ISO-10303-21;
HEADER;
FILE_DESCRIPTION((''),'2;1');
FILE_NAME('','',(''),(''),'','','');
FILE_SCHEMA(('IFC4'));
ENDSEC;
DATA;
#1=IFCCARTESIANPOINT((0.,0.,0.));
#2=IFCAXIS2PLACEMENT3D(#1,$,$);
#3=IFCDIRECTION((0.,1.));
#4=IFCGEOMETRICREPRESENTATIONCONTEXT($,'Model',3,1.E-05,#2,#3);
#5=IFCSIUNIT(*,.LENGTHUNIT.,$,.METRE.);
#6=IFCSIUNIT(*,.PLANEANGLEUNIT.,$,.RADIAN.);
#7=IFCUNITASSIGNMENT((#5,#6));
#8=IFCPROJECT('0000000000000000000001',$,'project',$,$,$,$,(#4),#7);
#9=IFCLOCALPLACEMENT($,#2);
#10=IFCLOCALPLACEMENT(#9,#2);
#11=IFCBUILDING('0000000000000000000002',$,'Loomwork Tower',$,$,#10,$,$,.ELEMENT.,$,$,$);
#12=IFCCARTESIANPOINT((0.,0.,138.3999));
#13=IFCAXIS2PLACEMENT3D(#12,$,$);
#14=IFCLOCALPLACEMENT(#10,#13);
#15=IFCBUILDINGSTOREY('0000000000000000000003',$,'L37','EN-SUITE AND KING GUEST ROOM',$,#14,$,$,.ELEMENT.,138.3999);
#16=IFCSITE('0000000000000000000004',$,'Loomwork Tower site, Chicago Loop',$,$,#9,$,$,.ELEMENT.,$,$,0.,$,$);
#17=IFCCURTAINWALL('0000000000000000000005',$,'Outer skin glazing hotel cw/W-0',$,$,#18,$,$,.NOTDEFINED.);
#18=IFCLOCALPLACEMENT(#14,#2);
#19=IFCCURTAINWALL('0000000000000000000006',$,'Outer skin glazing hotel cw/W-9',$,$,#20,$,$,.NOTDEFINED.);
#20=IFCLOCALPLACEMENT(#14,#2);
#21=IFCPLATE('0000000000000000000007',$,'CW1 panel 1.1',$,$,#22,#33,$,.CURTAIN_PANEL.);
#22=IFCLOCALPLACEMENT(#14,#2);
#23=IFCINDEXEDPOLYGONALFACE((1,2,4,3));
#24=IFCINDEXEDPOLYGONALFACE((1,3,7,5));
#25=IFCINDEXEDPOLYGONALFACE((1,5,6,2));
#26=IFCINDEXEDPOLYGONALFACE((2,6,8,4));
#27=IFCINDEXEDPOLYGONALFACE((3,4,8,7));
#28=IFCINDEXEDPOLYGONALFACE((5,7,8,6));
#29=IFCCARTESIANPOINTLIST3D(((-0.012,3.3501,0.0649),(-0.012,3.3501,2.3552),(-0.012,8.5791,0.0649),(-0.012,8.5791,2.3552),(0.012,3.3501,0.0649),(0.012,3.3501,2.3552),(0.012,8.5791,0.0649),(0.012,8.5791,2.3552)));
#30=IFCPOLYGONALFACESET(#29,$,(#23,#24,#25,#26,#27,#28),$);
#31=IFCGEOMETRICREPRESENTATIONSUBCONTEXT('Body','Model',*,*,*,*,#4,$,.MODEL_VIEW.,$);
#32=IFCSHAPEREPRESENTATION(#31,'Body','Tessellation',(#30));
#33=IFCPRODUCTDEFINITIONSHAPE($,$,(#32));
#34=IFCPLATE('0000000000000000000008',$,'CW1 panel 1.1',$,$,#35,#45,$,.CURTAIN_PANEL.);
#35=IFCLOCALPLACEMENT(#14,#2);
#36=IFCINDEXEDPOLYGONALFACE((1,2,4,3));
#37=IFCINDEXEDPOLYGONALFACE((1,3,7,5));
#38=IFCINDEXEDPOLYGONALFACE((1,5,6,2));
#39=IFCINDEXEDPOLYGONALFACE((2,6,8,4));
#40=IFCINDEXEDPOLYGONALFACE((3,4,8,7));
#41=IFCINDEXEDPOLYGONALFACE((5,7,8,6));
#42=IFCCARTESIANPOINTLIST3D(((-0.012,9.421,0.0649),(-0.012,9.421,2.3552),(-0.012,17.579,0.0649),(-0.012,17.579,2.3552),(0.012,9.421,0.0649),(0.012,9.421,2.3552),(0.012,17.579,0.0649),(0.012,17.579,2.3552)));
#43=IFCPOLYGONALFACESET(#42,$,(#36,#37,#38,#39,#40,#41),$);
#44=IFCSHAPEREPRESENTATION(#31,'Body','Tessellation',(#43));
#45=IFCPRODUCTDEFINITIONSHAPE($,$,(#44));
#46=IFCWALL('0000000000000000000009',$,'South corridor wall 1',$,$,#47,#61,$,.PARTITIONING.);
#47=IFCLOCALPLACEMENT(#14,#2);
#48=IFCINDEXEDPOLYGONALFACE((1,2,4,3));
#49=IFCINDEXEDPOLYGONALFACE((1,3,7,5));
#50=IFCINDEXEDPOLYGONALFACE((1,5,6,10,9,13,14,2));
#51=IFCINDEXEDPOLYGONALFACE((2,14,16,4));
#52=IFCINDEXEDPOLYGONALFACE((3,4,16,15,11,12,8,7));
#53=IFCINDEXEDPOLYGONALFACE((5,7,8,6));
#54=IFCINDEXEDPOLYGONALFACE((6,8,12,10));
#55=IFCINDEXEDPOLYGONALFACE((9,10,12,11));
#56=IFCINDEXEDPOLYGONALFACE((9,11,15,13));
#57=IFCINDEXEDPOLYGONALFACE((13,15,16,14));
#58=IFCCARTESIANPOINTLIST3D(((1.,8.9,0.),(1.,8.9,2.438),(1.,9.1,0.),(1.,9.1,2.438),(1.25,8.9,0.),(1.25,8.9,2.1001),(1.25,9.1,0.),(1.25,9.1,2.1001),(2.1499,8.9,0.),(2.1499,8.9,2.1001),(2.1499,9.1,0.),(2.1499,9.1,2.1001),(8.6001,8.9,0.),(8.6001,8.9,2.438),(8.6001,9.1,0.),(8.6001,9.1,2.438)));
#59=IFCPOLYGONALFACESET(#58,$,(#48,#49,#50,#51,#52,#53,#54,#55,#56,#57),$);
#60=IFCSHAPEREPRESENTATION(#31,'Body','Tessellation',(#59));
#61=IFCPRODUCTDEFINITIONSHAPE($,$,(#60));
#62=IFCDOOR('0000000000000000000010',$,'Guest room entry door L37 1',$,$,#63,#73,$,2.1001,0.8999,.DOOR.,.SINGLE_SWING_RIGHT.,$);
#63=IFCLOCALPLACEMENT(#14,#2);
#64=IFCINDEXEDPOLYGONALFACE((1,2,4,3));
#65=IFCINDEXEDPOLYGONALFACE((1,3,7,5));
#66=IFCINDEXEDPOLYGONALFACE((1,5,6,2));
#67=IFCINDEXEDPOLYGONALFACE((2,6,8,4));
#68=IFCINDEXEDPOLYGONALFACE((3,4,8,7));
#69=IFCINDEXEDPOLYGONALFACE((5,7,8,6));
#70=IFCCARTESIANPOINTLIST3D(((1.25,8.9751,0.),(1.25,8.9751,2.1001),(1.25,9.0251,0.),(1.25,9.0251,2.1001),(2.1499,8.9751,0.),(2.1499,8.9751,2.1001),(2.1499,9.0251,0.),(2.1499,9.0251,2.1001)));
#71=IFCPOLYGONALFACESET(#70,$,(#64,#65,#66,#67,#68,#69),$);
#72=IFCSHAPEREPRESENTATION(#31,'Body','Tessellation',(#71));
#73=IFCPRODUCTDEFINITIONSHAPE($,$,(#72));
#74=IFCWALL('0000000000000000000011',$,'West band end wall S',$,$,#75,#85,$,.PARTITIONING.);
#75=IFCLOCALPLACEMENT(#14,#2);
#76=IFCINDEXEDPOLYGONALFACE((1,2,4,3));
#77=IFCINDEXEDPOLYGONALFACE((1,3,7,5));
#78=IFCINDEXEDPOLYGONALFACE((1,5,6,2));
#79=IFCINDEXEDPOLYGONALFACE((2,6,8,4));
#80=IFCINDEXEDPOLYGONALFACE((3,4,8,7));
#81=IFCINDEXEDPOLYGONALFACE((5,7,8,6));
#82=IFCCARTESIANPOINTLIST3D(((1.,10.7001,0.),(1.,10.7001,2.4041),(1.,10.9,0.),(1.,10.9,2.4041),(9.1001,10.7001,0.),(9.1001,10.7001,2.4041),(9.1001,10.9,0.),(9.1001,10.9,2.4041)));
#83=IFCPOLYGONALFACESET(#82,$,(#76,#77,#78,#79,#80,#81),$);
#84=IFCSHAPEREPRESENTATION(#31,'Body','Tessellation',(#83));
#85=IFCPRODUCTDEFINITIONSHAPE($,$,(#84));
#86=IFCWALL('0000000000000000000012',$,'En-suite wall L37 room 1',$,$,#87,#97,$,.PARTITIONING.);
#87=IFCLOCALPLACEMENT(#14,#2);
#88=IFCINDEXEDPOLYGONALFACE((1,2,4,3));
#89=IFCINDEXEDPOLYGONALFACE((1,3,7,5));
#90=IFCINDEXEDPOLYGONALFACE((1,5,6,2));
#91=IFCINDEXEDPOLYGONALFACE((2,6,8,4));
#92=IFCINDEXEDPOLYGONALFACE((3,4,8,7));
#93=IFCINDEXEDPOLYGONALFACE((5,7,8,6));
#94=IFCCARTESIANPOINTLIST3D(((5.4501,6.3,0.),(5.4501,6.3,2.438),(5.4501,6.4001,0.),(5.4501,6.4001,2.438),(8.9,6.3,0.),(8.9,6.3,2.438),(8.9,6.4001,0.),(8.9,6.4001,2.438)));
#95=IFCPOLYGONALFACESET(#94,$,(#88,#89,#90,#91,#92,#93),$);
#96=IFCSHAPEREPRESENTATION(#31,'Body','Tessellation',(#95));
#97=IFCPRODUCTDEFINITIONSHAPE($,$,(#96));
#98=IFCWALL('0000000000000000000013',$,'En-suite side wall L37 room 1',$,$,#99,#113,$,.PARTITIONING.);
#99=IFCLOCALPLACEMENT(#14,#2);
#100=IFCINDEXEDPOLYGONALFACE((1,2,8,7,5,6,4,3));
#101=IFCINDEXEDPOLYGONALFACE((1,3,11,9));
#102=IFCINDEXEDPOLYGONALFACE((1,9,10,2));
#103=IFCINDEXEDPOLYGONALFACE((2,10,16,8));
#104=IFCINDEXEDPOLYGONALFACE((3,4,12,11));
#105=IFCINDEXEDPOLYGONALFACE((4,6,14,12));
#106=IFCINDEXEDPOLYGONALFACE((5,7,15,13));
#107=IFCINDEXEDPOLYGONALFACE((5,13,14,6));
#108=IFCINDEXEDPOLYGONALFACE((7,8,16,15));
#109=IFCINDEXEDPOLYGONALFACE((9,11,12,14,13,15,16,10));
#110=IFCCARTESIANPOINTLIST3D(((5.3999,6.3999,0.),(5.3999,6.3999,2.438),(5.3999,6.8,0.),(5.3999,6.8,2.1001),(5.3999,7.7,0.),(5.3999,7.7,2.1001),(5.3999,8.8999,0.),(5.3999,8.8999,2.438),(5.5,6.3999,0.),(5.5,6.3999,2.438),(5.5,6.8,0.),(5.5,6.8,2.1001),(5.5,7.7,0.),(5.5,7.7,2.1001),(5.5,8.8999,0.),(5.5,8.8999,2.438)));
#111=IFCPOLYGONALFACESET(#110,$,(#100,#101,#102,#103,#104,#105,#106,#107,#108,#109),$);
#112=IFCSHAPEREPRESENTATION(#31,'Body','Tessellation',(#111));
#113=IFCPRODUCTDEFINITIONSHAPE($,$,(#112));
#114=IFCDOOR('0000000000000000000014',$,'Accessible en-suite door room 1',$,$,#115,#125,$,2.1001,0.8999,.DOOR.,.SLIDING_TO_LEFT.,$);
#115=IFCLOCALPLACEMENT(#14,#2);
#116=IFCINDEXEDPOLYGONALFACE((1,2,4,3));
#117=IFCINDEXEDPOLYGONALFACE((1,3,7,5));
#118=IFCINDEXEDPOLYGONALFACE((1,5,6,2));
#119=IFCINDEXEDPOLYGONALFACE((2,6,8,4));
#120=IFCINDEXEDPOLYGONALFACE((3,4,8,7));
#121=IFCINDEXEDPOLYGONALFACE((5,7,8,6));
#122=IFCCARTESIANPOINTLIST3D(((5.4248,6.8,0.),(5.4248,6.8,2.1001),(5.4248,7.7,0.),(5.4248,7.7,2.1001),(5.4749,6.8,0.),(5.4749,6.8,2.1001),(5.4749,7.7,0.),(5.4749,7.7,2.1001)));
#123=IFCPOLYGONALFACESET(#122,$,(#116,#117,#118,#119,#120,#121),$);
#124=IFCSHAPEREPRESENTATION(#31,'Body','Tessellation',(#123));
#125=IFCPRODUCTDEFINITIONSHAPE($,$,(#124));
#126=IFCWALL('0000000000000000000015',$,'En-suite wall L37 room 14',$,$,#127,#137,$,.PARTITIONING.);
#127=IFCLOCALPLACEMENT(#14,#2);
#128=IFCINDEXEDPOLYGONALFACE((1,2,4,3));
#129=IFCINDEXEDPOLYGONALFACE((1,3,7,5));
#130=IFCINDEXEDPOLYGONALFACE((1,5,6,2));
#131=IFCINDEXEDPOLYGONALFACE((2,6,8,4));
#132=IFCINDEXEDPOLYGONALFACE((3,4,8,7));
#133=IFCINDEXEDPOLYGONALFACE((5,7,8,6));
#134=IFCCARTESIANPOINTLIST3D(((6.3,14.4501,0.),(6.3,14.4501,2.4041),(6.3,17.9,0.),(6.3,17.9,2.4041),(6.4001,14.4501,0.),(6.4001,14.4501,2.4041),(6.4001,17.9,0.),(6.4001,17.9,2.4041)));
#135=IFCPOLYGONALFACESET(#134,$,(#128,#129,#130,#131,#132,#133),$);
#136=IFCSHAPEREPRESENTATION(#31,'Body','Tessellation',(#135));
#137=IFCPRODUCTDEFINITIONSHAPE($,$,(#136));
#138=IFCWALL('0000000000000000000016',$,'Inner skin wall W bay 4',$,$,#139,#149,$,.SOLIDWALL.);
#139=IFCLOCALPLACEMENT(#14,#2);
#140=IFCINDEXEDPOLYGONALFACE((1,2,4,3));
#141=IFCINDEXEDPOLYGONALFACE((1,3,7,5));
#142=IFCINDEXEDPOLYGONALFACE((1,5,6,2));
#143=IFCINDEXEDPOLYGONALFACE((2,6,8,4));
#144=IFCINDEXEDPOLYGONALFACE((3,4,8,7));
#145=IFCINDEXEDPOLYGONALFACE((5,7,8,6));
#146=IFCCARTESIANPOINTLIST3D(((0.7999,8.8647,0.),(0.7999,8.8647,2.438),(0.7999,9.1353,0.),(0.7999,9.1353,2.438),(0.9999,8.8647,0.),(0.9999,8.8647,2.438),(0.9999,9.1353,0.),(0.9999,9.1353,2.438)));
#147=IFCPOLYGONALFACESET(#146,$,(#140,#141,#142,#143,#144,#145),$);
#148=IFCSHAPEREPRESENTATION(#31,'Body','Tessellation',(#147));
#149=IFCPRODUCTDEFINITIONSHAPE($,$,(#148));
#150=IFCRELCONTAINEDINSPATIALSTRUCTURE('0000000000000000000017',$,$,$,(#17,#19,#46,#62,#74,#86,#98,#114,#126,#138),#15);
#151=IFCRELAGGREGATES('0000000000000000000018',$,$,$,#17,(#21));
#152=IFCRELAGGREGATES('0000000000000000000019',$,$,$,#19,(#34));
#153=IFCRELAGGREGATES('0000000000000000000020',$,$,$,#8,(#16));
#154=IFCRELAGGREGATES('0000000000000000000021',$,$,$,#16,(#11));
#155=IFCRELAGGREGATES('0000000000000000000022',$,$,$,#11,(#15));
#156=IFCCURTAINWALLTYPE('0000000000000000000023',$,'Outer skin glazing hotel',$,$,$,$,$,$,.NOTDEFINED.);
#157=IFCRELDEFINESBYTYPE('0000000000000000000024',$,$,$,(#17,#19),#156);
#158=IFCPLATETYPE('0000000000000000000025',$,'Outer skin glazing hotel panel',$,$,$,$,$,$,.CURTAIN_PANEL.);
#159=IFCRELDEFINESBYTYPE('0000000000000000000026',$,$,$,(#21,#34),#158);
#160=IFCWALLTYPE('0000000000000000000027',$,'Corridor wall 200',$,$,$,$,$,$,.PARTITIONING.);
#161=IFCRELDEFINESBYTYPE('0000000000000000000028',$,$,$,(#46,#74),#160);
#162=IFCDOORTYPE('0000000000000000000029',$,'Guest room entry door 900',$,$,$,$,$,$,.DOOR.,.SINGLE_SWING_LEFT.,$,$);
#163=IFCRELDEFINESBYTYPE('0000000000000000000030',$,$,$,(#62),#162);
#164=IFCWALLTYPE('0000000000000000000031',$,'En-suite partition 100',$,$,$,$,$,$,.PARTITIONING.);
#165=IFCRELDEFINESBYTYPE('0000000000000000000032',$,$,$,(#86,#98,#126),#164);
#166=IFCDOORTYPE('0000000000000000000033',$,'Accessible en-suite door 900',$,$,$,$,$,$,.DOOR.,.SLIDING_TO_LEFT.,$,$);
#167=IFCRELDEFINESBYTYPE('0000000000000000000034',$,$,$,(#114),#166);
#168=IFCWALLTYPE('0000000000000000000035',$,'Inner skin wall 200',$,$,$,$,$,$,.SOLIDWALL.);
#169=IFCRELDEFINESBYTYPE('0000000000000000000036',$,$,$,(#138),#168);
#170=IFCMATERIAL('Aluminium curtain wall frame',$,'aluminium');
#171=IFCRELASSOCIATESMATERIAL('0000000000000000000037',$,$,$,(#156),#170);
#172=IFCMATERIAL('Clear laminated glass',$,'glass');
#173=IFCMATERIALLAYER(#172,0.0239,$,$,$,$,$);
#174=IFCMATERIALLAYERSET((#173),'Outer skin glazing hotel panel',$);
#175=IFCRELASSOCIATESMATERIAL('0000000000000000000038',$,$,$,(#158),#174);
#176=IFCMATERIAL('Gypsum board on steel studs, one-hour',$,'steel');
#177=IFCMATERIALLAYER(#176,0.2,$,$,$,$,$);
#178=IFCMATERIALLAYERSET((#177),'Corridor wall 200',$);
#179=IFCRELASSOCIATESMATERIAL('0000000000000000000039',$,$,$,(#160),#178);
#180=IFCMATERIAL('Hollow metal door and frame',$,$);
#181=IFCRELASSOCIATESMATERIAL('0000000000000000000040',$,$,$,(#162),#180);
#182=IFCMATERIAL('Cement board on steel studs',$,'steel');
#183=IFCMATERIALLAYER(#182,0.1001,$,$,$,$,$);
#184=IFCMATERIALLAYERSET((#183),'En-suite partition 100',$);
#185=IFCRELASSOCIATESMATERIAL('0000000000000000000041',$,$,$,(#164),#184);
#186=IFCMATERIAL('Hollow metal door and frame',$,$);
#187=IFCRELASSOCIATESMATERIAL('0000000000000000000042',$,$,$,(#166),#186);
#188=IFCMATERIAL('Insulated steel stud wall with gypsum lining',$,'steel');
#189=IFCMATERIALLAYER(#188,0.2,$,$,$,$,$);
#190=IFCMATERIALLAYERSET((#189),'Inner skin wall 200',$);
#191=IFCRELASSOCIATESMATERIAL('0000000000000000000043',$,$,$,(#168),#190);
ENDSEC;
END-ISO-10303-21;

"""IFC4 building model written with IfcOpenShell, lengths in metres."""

from ifc_helpers import new_model, si_unit, direction, frame, frame_2d, origin, origin_2d, place, context, subcontext, project, spatial, rectangle, extrude, material, layer, layer_set, type_object, element, fill, aggregate, save


model = new_model("IFC4")

# Units and contexts
model_context = context("Model", 3, precision=1e-05, world=origin(), true_north=direction((0.0, 1.0)))
body_context = subcontext(model_context, "Body", "Model", "MODEL_VIEW")
ifc_project = project(units=[si_unit("LENGTHUNIT", "METRE"), si_unit("PLANEANGLEUNIT", "RADIAN")], contexts=[model_context])

# Site, building, storey
site_placement = place(None, origin())
site = spatial("IfcSite", under=ifc_project, at=site_placement, Name="Loomwork Tower site, Chicago Loop", CompositionType="ELEMENT", RefElevation=0.0)
building_placement = place(site_placement, origin())
building = spatial("IfcBuilding", under=site, at=building_placement, Name="Loomwork Tower", CompositionType="ELEMENT")
storey_placement = place(building_placement, frame((0.0, 0.0, 138.3999)))
storey = spatial("IfcBuildingStorey", under=building, at=storey_placement, Name="L37", Description="EN-SUITE AND KING GUEST ROOM", CompositionType="ELEMENT", Elevation=138.3999)

# Curtain wall
ifc_material_1 = material(Name="Aluminium curtain wall frame", Category="aluminium")
curtain_wall_type = type_object("IfcCurtainWallType", Name="Outer skin glazing hotel", PredefinedType="NOTDEFINED", material=ifc_material_1)
curtain_wall_1_placement = place(storey_placement, origin())
curtain_wall_1 = element("IfcCurtainWall", 1, at=curtain_wall_1_placement, inside=storey, type_object=curtain_wall_type, Name="Outer skin glazing hotel cw/W-0", PredefinedType="NOTDEFINED")

# Curtain wall
curtain_wall_2_placement = place(storey_placement, origin())
curtain_wall_2 = element("IfcCurtainWall", 2, at=curtain_wall_2_placement, inside=storey, type_object=curtain_wall_type, Name="Outer skin glazing hotel cw/W-9", PredefinedType="NOTDEFINED")

# Plates
ifc_material_2 = material(Name="Clear laminated glass", Category="glass")
ifc_layer_1 = layer(ifc_material_2, 0.0239)
ifc_layer_set_1 = layer_set([ifc_layer_1], Name="Outer skin glazing hotel panel")
plate_type = type_object("IfcPlateType", Name="Outer skin glazing hotel panel", PredefinedType="CURTAIN_PANEL", material=ifc_layer_set_1)
plate_1_placement = place(storey_placement, frame((0.0, 5.9646, 0.0649), z_axis=(0.0, 0.0, 1.0), x_axis=(0.0, -1.0, 0.0)))
plate_1 = element("IfcPlate", 3, at=plate_1_placement, type_object=plate_type, Name="CW1 panel 1.1", PredefinedType="CURTAIN_PANEL", context=body_context, shape_type="SweptSolid", body=[
    extrude(rectangle(XDim=5.229, YDim=0.0239, at=origin_2d()), origin(), (0.0, 0.0, 1.0), 2.2903),
])
aggregate(curtain_wall_1, [plate_1])
plate_2_placement = place(storey_placement, frame((0.0, 13.5, 0.0649), z_axis=(0.0, 0.0, 1.0), x_axis=(0.0, -1.0, 0.0)))
plate_2 = element("IfcPlate", 4, at=plate_2_placement, type_object=plate_type, Name="CW1 panel 1.1", PredefinedType="CURTAIN_PANEL", context=body_context, shape_type="SweptSolid", body=[
    extrude(rectangle(XDim=8.158, YDim=0.0239, at=origin_2d()), origin(), (0.0, 0.0, 1.0), 2.2903),
])
aggregate(curtain_wall_2, [plate_2])

# Wall, opening, door
ifc_material_3 = material(Name="Gypsum board on steel studs, one-hour", Category="steel")
ifc_layer_2 = layer(ifc_material_3, 0.2)
ifc_layer_set_2 = layer_set([ifc_layer_2], Name="Corridor wall 200")
wall_type_1 = type_object("IfcWallType", Name="Corridor wall 200", PredefinedType="PARTITIONING", material=ifc_layer_set_2)
wall_1_placement = place(storey_placement, frame((1.0, 9.0, 0.0), z_axis=(0.0, 0.0, 1.0), x_axis=(1.0, 0.0, 0.0)))
wall_1 = element("IfcWall", 5, at=wall_1_placement, inside=storey, type_object=wall_type_1, Name="South corridor wall 1", PredefinedType="PARTITIONING", context=body_context, shape_type="SweptSolid", body=[
    extrude(rectangle(XDim=7.6001, YDim=0.2, at=frame_2d((3.8, 0.0))), origin(), (0.0, 0.0, 1.0), 2.438),
])
opening_1_placement = place(wall_1_placement, frame((0.25, 0.0, 0.0)))
opening_1 = element("IfcOpeningElement", 6, at=opening_1_placement, cuts=wall_1, PredefinedType="OPENING", context=body_context, shape_type="SweptSolid", body=[
    extrude(rectangle(XDim=0.8999, YDim=2.1001, at=frame_2d((0.45, 1.05))), frame((0.0, 0.1099, 0.0), z_axis=(0.0, -1.0, 0.0), x_axis=(1.0, 0.0, 0.0)), (0.0, 0.0, 1.0), 0.22),
])
ifc_material_4 = material(Name="Hollow metal door and frame")
door_type_1 = type_object("IfcDoorType", Name="Guest room entry door 900", OperationType="SINGLE_SWING_LEFT", PredefinedType="DOOR", material=ifc_material_4)
door_1_placement = place(opening_1_placement, frame((0.8999, 0.0, 0.0), z_axis=(0.0, 0.0, 1.0), x_axis=(-1.0, 0.0, 0.0)))
door_1 = element("IfcDoor", 7, at=door_1_placement, inside=storey, type_object=door_type_1, Name="Guest room entry door L37 1", OperationType="SINGLE_SWING_RIGHT", OverallHeight=2.1001, OverallWidth=0.8999, PredefinedType="DOOR", context=body_context, shape_type="SweptSolid", body=[
    extrude(rectangle(XDim=0.8999, YDim=2.1001, at=frame_2d((0.45, 1.05))), frame((0.0, 0.0249, 0.0), z_axis=(0.0, -1.0, 0.0), x_axis=(1.0, 0.0, 0.0)), (0.0, 0.0, 1.0), 0.05),
])
fill(opening_1, door_1)

# Walls
wall_2_placement = place(storey_placement, frame((1.0, 10.8, 0.0), z_axis=(0.0, 0.0, 1.0), x_axis=(1.0, 0.0, 0.0)))
element("IfcWall", 8, at=wall_2_placement, inside=storey, type_object=wall_type_1, Name="West band end wall S", PredefinedType="PARTITIONING", context=body_context, shape_type="SweptSolid", body=[
    extrude(rectangle(XDim=8.1001, YDim=0.2, at=frame_2d((4.05, 0.0))), origin(), (0.0, 0.0, 1.0), 2.4041),
])
ifc_material_5 = material(Name="Cement board on steel studs", Category="steel")
ifc_layer_3 = layer(ifc_material_5, 0.1001)
ifc_layer_set_3 = layer_set([ifc_layer_3], Name="En-suite partition 100")
wall_type_2 = type_object("IfcWallType", Name="En-suite partition 100", PredefinedType="PARTITIONING", material=ifc_layer_set_3)
wall_3_placement = place(storey_placement, frame((5.45, 6.3501, 0.0), z_axis=(0.0, 0.0, 1.0), x_axis=(1.0, 0.0, 0.0)))
element("IfcWall", 9, at=wall_3_placement, inside=storey, type_object=wall_type_2, Name="En-suite wall L37 room 1", PredefinedType="PARTITIONING", context=body_context, shape_type="SweptSolid", body=[
    extrude(rectangle(XDim=3.45, YDim=0.1001, at=frame_2d((1.7251, 0.0))), origin(), (0.0, 0.0, 1.0), 2.438),
])

# Wall, opening, door
wall_4_placement = place(storey_placement, frame((5.45, 8.8999, 0.0), z_axis=(0.0, 0.0, 1.0), x_axis=(0.0, -1.0, 0.0)))
wall_4 = element("IfcWall", 10, at=wall_4_placement, inside=storey, type_object=wall_type_2, Name="En-suite side wall L37 room 1", PredefinedType="PARTITIONING", context=body_context, shape_type="SweptSolid", body=[
    extrude(rectangle(XDim=2.5, YDim=0.1001, at=frame_2d((1.25, 0.0))), origin(), (0.0, 0.0, 1.0), 2.438),
])
opening_2_placement = place(wall_4_placement, frame((1.2, 0.0, 0.0)))
opening_2 = element("IfcOpeningElement", 11, at=opening_2_placement, cuts=wall_4, PredefinedType="OPENING", context=body_context, shape_type="SweptSolid", body=[
    extrude(rectangle(XDim=0.8999, YDim=2.1001, at=frame_2d((0.45, 1.05))), frame((0.0, 0.0601, 0.0), z_axis=(0.0, -1.0, 0.0), x_axis=(1.0, 0.0, 0.0)), (0.0, 0.0, 1.0), 0.1201),
])
ifc_material_6 = material(Name="Hollow metal door and frame")
door_type_2 = type_object("IfcDoorType", Name="Accessible en-suite door 900", OperationType="SLIDING_TO_LEFT", PredefinedType="DOOR", material=ifc_material_6)
door_2_placement = place(opening_2_placement, origin())
door_2 = element("IfcDoor", 12, at=door_2_placement, inside=storey, type_object=door_type_2, Name="Accessible en-suite door room 1", OperationType="SLIDING_TO_LEFT", OverallHeight=2.1001, OverallWidth=0.8999, PredefinedType="DOOR", context=body_context, shape_type="SweptSolid", body=[
    extrude(rectangle(XDim=0.8999, YDim=2.1001, at=frame_2d((0.45, 1.05))), frame((0.0, 0.0249, 0.0), z_axis=(0.0, -1.0, 0.0), x_axis=(1.0, 0.0, 0.0)), (0.0, 0.0, 1.0), 0.05),
])
fill(opening_2, door_2)

# Walls
wall_5_placement = place(storey_placement, frame((6.3501, 14.45, 0.0), z_axis=(0.0, 0.0, 1.0), x_axis=(0.0, 1.0, 0.0)))
element("IfcWall", 13, at=wall_5_placement, inside=storey, type_object=wall_type_2, Name="En-suite wall L37 room 14", PredefinedType="PARTITIONING", context=body_context, shape_type="SweptSolid", body=[
    extrude(rectangle(XDim=3.45, YDim=0.1001, at=frame_2d((1.7251, 0.0))), origin(), (0.0, 0.0, 1.0), 2.4041),
])
ifc_material_7 = material(Name="Insulated steel stud wall with gypsum lining", Category="steel")
ifc_layer_4 = layer(ifc_material_7, 0.2)
ifc_layer_set_4 = layer_set([ifc_layer_4], Name="Inner skin wall 200")
wall_type_3 = type_object("IfcWallType", Name="Inner skin wall 200", PredefinedType="SOLIDWALL", material=ifc_layer_set_4)
wall_6_placement = place(storey_placement, frame((0.8999, 8.8647, 0.0), z_axis=(0.0, 0.0, 1.0), x_axis=(0.0, 1.0, 0.0)))
element("IfcWall", 14, at=wall_6_placement, inside=storey, type_object=wall_type_3, Name="Inner skin wall W bay 4", PredefinedType="SOLIDWALL", context=body_context, shape_type="SweptSolid", body=[
    extrude(rectangle(XDim=0.2705, YDim=0.2, at=frame_2d((0.1353, 0.0))), origin(), (0.0, 0.0, 1.0), 2.438),
])

save(model, "model.ifc")
